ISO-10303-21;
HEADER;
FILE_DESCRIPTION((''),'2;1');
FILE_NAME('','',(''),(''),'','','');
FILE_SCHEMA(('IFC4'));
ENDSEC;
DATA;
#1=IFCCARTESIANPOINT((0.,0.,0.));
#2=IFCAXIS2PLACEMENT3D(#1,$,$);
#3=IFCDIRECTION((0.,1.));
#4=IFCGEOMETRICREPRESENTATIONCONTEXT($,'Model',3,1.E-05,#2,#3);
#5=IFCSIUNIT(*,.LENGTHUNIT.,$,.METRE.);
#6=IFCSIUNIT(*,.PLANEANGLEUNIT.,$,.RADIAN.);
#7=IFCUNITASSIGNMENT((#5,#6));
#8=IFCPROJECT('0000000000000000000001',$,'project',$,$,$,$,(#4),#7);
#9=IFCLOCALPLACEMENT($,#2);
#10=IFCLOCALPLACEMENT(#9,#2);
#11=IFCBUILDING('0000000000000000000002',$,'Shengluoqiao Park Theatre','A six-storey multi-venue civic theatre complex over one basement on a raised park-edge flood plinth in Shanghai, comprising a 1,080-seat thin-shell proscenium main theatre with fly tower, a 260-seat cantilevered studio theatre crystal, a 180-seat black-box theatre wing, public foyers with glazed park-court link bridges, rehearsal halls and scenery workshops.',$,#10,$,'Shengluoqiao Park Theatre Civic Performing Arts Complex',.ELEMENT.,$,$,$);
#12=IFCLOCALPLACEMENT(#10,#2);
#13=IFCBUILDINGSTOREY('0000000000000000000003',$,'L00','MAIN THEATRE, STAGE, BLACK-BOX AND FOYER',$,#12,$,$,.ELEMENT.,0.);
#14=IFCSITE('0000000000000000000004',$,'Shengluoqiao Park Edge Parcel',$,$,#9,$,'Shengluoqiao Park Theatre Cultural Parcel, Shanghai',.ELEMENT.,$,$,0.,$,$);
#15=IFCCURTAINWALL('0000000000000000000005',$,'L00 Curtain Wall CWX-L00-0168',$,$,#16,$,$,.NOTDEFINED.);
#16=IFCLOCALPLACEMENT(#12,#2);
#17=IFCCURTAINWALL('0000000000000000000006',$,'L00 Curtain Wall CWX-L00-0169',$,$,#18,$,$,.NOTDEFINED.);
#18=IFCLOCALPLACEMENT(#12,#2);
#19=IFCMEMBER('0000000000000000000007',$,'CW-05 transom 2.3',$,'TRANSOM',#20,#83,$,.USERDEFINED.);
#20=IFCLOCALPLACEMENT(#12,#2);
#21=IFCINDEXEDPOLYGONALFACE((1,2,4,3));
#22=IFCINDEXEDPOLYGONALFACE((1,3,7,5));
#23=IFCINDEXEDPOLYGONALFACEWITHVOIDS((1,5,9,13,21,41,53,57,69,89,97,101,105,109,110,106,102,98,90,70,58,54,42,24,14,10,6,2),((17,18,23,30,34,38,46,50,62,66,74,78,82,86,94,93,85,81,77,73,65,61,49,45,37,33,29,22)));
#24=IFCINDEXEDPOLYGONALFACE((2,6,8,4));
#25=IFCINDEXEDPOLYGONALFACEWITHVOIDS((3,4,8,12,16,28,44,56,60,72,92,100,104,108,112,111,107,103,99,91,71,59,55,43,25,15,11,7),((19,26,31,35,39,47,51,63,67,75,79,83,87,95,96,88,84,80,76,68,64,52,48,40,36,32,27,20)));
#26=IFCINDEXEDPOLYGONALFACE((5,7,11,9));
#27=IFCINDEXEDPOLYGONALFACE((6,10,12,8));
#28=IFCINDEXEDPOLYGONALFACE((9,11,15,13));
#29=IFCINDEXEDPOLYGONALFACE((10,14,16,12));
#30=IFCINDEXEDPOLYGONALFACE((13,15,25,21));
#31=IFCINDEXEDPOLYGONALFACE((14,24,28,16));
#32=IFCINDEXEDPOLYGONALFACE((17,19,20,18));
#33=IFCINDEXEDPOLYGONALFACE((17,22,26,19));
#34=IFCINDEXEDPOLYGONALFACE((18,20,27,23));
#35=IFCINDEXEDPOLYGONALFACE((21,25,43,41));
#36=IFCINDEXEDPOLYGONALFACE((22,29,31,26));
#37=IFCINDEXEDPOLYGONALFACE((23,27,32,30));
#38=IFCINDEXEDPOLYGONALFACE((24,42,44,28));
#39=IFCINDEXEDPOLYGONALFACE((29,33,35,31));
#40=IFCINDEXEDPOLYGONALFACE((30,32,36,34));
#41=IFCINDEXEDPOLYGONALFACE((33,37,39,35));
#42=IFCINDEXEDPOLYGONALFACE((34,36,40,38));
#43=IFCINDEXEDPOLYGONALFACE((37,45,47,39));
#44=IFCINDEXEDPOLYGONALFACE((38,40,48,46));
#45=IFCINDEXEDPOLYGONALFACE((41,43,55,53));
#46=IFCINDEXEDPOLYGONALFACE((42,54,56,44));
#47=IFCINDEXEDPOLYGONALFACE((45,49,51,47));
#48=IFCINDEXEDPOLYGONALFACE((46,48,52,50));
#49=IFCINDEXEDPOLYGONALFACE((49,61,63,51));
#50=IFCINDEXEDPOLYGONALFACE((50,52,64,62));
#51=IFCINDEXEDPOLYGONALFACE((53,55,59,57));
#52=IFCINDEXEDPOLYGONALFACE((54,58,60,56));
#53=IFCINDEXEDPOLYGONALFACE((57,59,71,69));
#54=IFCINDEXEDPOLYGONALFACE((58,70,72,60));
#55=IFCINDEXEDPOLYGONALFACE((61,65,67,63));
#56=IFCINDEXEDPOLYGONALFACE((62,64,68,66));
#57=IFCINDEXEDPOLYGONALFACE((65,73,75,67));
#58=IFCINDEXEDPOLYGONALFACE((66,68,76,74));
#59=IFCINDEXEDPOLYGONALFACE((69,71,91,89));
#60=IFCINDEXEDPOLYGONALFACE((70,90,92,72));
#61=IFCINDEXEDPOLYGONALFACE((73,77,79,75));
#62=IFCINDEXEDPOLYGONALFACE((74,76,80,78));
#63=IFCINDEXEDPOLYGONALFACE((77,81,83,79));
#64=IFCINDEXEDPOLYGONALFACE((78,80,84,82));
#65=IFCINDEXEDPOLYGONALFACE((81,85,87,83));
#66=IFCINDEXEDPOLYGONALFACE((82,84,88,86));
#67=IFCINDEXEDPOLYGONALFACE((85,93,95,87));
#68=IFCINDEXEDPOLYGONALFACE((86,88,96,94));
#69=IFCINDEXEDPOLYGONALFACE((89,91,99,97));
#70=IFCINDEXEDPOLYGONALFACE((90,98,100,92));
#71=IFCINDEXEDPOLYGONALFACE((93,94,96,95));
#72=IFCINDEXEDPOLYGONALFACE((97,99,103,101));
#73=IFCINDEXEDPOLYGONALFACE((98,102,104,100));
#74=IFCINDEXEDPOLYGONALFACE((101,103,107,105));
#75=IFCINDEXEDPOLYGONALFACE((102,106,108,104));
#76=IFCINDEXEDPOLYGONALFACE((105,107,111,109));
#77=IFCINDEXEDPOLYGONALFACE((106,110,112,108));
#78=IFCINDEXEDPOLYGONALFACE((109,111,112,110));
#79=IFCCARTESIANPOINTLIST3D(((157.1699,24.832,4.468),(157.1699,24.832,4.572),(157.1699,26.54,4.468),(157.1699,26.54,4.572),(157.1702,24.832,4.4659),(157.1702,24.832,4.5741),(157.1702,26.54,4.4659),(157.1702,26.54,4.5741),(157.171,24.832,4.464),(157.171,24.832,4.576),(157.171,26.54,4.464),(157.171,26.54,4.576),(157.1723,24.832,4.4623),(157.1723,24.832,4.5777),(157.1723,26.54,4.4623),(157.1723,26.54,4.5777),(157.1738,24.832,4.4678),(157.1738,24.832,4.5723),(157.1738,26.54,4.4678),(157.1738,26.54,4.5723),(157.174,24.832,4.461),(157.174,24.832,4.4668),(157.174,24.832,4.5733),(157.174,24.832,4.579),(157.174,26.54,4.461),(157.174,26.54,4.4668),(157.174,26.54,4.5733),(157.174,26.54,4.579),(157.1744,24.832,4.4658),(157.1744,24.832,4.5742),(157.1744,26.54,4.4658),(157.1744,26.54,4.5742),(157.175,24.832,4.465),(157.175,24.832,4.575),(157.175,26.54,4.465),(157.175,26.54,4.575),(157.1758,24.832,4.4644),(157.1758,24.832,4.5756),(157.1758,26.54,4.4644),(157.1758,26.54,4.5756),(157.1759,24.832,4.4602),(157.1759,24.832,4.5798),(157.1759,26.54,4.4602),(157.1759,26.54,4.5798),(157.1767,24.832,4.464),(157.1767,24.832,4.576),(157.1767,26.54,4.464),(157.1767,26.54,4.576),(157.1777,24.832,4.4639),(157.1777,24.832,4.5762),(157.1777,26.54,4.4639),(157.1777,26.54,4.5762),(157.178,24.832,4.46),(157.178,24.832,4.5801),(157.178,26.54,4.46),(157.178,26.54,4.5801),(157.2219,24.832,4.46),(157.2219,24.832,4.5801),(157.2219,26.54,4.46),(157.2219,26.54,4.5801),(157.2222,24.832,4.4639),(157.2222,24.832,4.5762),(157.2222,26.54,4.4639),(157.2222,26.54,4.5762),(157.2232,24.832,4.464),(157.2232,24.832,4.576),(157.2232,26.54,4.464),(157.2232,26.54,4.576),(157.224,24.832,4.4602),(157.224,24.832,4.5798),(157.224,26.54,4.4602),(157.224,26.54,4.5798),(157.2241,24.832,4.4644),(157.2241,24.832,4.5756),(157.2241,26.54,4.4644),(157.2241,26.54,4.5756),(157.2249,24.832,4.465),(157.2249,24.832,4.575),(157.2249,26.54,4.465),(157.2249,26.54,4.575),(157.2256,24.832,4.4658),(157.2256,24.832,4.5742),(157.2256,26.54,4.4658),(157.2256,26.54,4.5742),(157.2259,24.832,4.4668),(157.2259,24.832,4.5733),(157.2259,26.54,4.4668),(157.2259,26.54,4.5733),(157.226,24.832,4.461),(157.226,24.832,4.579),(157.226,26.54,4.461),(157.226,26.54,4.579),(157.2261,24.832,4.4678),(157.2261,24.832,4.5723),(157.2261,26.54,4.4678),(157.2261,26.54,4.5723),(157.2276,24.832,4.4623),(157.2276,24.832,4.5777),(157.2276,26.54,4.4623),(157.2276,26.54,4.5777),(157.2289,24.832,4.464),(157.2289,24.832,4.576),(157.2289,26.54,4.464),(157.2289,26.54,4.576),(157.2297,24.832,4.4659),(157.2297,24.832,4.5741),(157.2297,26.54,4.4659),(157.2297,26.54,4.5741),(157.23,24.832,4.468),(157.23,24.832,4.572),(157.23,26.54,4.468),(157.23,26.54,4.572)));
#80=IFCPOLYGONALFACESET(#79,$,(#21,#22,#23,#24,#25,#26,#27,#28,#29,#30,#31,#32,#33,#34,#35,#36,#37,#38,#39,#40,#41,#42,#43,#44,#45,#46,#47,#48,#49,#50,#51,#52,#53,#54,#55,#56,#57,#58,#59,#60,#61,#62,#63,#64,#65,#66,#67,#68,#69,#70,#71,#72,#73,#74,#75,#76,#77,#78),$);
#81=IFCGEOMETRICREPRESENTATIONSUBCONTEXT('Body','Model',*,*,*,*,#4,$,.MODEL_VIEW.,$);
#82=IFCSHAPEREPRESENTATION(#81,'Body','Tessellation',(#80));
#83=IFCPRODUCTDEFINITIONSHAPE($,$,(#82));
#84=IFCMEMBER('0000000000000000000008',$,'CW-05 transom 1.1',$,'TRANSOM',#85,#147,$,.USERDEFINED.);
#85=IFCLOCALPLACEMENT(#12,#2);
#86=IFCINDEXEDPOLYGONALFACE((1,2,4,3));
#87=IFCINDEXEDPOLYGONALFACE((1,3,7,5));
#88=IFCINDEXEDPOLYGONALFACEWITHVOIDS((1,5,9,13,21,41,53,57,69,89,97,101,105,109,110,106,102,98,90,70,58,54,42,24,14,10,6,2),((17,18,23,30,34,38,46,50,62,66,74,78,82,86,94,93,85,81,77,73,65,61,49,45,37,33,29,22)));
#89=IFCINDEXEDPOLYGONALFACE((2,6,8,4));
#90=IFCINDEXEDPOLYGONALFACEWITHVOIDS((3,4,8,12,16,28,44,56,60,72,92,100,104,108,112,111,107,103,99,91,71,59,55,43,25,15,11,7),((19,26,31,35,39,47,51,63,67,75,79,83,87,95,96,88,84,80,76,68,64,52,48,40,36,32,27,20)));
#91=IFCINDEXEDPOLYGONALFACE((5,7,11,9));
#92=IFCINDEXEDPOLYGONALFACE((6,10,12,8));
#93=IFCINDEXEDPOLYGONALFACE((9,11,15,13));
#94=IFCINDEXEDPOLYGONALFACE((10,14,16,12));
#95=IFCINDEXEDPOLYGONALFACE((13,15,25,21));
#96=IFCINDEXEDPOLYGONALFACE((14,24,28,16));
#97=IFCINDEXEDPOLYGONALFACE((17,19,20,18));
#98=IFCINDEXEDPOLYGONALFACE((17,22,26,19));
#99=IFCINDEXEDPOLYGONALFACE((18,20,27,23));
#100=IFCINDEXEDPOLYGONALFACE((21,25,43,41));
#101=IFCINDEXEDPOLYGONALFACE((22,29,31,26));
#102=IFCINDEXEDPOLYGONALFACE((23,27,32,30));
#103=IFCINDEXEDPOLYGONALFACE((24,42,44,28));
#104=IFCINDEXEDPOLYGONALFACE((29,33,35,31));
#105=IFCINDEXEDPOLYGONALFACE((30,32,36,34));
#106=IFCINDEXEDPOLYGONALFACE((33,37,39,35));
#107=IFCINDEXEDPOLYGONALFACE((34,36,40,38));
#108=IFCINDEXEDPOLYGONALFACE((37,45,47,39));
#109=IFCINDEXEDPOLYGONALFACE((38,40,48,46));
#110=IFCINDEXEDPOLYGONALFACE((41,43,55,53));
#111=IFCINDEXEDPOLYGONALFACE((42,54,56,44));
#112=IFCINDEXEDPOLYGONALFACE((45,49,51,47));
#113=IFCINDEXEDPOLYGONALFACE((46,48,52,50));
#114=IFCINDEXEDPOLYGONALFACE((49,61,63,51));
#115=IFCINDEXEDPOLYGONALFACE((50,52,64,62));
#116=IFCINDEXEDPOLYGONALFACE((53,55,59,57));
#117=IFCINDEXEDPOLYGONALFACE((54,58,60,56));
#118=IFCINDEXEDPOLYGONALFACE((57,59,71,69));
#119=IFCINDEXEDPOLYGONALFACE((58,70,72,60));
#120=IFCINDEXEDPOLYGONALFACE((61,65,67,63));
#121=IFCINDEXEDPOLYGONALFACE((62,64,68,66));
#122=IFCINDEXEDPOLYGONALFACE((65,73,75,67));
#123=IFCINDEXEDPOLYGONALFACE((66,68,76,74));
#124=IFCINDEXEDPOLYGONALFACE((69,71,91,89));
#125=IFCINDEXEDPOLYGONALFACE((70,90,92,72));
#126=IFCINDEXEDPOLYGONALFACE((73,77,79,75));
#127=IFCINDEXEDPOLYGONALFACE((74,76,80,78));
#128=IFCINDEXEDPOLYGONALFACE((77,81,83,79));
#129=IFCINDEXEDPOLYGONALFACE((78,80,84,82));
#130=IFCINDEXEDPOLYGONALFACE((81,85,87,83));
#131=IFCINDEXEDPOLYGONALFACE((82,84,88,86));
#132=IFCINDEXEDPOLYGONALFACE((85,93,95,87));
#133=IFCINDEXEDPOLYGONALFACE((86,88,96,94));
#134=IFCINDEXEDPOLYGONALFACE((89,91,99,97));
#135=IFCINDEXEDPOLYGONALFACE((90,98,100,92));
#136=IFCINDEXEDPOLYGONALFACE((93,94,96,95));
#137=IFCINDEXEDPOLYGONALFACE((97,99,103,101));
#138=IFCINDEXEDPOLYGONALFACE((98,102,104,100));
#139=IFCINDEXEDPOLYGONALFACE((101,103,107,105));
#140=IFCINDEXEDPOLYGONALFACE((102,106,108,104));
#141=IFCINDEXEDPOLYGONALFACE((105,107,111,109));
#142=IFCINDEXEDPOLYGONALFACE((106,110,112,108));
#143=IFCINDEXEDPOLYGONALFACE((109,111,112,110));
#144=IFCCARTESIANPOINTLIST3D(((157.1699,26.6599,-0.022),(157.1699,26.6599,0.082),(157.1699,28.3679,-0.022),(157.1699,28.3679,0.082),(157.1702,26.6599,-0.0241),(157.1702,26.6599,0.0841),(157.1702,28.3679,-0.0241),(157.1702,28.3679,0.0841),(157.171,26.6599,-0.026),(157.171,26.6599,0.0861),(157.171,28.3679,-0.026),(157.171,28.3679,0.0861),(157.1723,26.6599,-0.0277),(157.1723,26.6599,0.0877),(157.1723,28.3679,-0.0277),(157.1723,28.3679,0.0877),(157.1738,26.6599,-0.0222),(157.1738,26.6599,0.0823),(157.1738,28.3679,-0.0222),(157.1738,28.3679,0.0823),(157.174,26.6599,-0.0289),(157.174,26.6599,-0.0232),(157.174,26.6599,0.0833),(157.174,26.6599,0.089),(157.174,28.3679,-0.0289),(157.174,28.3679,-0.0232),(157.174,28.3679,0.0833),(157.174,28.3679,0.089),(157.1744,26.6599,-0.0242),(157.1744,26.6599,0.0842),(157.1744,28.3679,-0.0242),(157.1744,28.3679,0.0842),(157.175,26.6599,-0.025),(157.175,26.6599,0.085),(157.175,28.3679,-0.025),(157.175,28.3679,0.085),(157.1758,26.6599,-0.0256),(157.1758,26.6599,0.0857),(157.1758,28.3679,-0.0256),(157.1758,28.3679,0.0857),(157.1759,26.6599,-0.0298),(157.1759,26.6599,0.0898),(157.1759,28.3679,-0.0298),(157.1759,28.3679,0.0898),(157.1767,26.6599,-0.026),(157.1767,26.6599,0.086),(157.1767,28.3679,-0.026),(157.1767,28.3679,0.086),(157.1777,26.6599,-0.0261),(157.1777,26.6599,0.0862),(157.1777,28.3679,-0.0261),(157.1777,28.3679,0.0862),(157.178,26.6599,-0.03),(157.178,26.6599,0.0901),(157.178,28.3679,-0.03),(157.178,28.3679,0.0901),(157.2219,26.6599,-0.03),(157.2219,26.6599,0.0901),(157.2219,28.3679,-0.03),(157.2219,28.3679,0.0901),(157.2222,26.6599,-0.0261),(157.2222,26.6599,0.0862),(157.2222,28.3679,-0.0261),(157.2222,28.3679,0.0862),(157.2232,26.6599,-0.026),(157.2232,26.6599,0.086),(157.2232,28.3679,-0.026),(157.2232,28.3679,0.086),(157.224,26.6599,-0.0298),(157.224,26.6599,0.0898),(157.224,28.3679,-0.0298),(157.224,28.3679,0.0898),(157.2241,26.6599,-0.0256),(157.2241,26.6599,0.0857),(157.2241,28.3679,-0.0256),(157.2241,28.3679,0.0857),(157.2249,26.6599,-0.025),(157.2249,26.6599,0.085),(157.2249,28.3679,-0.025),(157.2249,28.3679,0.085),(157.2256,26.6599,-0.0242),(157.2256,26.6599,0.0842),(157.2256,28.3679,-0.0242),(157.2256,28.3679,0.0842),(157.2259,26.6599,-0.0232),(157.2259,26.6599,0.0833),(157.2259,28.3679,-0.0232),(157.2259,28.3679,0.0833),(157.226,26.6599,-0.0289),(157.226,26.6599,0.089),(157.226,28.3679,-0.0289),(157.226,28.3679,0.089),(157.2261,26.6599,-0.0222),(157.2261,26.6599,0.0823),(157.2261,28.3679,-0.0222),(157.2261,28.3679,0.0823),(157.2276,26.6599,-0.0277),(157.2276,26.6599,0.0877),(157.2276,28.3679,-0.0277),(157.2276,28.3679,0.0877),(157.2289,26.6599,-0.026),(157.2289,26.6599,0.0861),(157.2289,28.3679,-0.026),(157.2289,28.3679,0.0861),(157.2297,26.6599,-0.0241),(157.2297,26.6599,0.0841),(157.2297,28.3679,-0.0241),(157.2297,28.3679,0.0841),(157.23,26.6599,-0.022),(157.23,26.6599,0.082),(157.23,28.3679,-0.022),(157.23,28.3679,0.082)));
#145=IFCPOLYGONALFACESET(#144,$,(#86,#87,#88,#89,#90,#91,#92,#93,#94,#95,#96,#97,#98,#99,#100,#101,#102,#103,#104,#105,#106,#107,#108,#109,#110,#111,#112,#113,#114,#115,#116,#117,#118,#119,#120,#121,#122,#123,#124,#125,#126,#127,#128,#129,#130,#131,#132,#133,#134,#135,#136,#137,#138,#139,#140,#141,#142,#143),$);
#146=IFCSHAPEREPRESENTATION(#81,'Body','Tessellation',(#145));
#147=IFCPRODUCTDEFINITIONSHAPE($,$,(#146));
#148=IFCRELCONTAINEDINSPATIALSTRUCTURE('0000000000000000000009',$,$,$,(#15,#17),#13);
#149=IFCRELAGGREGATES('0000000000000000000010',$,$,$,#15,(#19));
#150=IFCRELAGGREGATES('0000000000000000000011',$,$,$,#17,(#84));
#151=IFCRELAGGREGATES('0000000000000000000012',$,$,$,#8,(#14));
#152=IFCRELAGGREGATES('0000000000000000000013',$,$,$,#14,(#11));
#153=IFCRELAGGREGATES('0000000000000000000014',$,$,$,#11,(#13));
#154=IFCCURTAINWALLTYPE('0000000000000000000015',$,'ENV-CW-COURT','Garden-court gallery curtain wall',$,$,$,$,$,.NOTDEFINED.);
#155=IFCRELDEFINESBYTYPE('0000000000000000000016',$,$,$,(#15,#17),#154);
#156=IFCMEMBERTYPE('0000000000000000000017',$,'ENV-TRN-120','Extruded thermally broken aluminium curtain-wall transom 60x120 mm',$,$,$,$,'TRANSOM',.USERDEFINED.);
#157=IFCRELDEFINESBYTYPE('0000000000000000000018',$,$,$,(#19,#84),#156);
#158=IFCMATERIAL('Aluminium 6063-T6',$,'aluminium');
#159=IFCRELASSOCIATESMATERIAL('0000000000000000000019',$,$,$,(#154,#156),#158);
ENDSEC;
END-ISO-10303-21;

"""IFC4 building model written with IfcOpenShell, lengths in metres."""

from ifc_helpers import new_model, si_unit, direction, frame, origin, origin_2d, place, context, subcontext, project, spatial, hollow_rectangle, extrude, material, material_profile, profile_set, type_object, element, aggregate, save


model = new_model("IFC4")

# Units and contexts
model_context = context("Model", 3, precision=1e-05, world=origin(), true_north=direction((0.0, 1.0)))
body_context = subcontext(model_context, "Body", "Model", "MODEL_VIEW")
ifc_project = project(units=[si_unit("LENGTHUNIT", "METRE"), si_unit("PLANEANGLEUNIT", "RADIAN")], contexts=[model_context])

# Site, building, storey
site_placement = place(None, origin())
site = spatial("IfcSite", under=ifc_project, at=site_placement, Name="Shengluoqiao Park Edge Parcel", LongName="Shengluoqiao Park Theatre Cultural Parcel, Shanghai", CompositionType="ELEMENT", RefElevation=0.0)
building_placement = place(site_placement, origin())
building = spatial("IfcBuilding", under=site, at=building_placement, Name="Shengluoqiao Park Theatre", Description="A six-storey multi-venue civic theatre complex over one basement on a raised park-edge flood plinth in Shanghai, comprising a 1,080-seat thin-shell proscenium main theatre with fly tower, a 260-seat cantilevered studio theatre crystal, a 180-seat black-box theatre wing, public foyers with glazed park-court link bridges, rehearsal halls and scenery workshops.", LongName="Shengluoqiao Park Theatre Civic Performing Arts Complex", CompositionType="ELEMENT")
storey_placement = place(building_placement, origin())
storey = spatial("IfcBuildingStorey", under=building, at=storey_placement, Name="L00", Description="MAIN THEATRE, STAGE, BLACK-BOX AND FOYER", CompositionType="ELEMENT", Elevation=0.0)

# Curtain wall
ifc_material_1 = material(Name="Aluminium 6063-T6", Category="aluminium")
curtain_wall_type = type_object("IfcCurtainWallType", Name="ENV-CW-COURT", Description="Garden-court gallery curtain wall", PredefinedType="NOTDEFINED", material=ifc_material_1)
curtain_wall_1_placement = place(storey_placement, origin())
curtain_wall_1 = element("IfcCurtainWall", 1, at=curtain_wall_1_placement, inside=storey, type_object=curtain_wall_type, Name="L00 Curtain Wall CWX-L00-0168", PredefinedType="NOTDEFINED")

# Curtain wall
curtain_wall_2_placement = place(storey_placement, origin())
curtain_wall_2 = element("IfcCurtainWall", 2, at=curtain_wall_2_placement, inside=storey, type_object=curtain_wall_type, Name="L00 Curtain Wall CWX-L00-0169", PredefinedType="NOTDEFINED")

# Members
ifc_material_profile_1 = material_profile(ifc_material_1, hollow_rectangle(XDim=0.0601, YDim=0.1201, WallThickness=0.0039, InnerFilletRadius=0.0039, OuterFilletRadius=0.0081, at=origin_2d()), Name="ALU TRANSOM 120x60x4")
ifc_profile_set_1 = profile_set([ifc_material_profile_1], Name="Aluminium 6063-T6")
member_type_1 = type_object("IfcMemberType", Name="ENV-TRN-120", Description="Extruded thermally broken aluminium curtain-wall transom 60x120 mm", ElementType="TRANSOM", PredefinedType="USERDEFINED", material=ifc_profile_set_1)
member_1_placement = place(storey_placement, frame((157.2, 24.832, 4.52), z_axis=(0.0, 1.0, 0.0), x_axis=(-1.0, 0.0, 0.0)))
member_1 = element("IfcMember", 3, at=member_1_placement, type_object=member_type_1, Name="CW-05 transom 2.3", ObjectType="TRANSOM", PredefinedType="USERDEFINED", context=body_context, shape_type="SweptSolid", body=[
    extrude(hollow_rectangle(XDim=0.0601, YDim=0.1201, WallThickness=0.0039, InnerFilletRadius=0.0039, OuterFilletRadius=0.0081, at=origin_2d()), origin(), (0.0, 0.0, 1.0), 1.708),
])
member_2_placement = place(storey_placement, frame((157.2, 26.6599, 0.03), z_axis=(0.0, 1.0, 0.0), x_axis=(-1.0, 0.0, 0.0)))
member_2 = element("IfcMember", 4, at=member_2_placement, type_object=member_type_1, Name="CW-05 transom 1.1", ObjectType="TRANSOM", PredefinedType="USERDEFINED", context=body_context, shape_type="SweptSolid", body=[
    extrude(hollow_rectangle(XDim=0.0601, YDim=0.1201, WallThickness=0.0039, InnerFilletRadius=0.0039, OuterFilletRadius=0.0081, at=origin_2d()), origin(), (0.0, 0.0, 1.0), 1.708),
])

aggregate(curtain_wall_1, [member_1])
aggregate(curtain_wall_2, [member_2])

save(model, "model.ifc")
